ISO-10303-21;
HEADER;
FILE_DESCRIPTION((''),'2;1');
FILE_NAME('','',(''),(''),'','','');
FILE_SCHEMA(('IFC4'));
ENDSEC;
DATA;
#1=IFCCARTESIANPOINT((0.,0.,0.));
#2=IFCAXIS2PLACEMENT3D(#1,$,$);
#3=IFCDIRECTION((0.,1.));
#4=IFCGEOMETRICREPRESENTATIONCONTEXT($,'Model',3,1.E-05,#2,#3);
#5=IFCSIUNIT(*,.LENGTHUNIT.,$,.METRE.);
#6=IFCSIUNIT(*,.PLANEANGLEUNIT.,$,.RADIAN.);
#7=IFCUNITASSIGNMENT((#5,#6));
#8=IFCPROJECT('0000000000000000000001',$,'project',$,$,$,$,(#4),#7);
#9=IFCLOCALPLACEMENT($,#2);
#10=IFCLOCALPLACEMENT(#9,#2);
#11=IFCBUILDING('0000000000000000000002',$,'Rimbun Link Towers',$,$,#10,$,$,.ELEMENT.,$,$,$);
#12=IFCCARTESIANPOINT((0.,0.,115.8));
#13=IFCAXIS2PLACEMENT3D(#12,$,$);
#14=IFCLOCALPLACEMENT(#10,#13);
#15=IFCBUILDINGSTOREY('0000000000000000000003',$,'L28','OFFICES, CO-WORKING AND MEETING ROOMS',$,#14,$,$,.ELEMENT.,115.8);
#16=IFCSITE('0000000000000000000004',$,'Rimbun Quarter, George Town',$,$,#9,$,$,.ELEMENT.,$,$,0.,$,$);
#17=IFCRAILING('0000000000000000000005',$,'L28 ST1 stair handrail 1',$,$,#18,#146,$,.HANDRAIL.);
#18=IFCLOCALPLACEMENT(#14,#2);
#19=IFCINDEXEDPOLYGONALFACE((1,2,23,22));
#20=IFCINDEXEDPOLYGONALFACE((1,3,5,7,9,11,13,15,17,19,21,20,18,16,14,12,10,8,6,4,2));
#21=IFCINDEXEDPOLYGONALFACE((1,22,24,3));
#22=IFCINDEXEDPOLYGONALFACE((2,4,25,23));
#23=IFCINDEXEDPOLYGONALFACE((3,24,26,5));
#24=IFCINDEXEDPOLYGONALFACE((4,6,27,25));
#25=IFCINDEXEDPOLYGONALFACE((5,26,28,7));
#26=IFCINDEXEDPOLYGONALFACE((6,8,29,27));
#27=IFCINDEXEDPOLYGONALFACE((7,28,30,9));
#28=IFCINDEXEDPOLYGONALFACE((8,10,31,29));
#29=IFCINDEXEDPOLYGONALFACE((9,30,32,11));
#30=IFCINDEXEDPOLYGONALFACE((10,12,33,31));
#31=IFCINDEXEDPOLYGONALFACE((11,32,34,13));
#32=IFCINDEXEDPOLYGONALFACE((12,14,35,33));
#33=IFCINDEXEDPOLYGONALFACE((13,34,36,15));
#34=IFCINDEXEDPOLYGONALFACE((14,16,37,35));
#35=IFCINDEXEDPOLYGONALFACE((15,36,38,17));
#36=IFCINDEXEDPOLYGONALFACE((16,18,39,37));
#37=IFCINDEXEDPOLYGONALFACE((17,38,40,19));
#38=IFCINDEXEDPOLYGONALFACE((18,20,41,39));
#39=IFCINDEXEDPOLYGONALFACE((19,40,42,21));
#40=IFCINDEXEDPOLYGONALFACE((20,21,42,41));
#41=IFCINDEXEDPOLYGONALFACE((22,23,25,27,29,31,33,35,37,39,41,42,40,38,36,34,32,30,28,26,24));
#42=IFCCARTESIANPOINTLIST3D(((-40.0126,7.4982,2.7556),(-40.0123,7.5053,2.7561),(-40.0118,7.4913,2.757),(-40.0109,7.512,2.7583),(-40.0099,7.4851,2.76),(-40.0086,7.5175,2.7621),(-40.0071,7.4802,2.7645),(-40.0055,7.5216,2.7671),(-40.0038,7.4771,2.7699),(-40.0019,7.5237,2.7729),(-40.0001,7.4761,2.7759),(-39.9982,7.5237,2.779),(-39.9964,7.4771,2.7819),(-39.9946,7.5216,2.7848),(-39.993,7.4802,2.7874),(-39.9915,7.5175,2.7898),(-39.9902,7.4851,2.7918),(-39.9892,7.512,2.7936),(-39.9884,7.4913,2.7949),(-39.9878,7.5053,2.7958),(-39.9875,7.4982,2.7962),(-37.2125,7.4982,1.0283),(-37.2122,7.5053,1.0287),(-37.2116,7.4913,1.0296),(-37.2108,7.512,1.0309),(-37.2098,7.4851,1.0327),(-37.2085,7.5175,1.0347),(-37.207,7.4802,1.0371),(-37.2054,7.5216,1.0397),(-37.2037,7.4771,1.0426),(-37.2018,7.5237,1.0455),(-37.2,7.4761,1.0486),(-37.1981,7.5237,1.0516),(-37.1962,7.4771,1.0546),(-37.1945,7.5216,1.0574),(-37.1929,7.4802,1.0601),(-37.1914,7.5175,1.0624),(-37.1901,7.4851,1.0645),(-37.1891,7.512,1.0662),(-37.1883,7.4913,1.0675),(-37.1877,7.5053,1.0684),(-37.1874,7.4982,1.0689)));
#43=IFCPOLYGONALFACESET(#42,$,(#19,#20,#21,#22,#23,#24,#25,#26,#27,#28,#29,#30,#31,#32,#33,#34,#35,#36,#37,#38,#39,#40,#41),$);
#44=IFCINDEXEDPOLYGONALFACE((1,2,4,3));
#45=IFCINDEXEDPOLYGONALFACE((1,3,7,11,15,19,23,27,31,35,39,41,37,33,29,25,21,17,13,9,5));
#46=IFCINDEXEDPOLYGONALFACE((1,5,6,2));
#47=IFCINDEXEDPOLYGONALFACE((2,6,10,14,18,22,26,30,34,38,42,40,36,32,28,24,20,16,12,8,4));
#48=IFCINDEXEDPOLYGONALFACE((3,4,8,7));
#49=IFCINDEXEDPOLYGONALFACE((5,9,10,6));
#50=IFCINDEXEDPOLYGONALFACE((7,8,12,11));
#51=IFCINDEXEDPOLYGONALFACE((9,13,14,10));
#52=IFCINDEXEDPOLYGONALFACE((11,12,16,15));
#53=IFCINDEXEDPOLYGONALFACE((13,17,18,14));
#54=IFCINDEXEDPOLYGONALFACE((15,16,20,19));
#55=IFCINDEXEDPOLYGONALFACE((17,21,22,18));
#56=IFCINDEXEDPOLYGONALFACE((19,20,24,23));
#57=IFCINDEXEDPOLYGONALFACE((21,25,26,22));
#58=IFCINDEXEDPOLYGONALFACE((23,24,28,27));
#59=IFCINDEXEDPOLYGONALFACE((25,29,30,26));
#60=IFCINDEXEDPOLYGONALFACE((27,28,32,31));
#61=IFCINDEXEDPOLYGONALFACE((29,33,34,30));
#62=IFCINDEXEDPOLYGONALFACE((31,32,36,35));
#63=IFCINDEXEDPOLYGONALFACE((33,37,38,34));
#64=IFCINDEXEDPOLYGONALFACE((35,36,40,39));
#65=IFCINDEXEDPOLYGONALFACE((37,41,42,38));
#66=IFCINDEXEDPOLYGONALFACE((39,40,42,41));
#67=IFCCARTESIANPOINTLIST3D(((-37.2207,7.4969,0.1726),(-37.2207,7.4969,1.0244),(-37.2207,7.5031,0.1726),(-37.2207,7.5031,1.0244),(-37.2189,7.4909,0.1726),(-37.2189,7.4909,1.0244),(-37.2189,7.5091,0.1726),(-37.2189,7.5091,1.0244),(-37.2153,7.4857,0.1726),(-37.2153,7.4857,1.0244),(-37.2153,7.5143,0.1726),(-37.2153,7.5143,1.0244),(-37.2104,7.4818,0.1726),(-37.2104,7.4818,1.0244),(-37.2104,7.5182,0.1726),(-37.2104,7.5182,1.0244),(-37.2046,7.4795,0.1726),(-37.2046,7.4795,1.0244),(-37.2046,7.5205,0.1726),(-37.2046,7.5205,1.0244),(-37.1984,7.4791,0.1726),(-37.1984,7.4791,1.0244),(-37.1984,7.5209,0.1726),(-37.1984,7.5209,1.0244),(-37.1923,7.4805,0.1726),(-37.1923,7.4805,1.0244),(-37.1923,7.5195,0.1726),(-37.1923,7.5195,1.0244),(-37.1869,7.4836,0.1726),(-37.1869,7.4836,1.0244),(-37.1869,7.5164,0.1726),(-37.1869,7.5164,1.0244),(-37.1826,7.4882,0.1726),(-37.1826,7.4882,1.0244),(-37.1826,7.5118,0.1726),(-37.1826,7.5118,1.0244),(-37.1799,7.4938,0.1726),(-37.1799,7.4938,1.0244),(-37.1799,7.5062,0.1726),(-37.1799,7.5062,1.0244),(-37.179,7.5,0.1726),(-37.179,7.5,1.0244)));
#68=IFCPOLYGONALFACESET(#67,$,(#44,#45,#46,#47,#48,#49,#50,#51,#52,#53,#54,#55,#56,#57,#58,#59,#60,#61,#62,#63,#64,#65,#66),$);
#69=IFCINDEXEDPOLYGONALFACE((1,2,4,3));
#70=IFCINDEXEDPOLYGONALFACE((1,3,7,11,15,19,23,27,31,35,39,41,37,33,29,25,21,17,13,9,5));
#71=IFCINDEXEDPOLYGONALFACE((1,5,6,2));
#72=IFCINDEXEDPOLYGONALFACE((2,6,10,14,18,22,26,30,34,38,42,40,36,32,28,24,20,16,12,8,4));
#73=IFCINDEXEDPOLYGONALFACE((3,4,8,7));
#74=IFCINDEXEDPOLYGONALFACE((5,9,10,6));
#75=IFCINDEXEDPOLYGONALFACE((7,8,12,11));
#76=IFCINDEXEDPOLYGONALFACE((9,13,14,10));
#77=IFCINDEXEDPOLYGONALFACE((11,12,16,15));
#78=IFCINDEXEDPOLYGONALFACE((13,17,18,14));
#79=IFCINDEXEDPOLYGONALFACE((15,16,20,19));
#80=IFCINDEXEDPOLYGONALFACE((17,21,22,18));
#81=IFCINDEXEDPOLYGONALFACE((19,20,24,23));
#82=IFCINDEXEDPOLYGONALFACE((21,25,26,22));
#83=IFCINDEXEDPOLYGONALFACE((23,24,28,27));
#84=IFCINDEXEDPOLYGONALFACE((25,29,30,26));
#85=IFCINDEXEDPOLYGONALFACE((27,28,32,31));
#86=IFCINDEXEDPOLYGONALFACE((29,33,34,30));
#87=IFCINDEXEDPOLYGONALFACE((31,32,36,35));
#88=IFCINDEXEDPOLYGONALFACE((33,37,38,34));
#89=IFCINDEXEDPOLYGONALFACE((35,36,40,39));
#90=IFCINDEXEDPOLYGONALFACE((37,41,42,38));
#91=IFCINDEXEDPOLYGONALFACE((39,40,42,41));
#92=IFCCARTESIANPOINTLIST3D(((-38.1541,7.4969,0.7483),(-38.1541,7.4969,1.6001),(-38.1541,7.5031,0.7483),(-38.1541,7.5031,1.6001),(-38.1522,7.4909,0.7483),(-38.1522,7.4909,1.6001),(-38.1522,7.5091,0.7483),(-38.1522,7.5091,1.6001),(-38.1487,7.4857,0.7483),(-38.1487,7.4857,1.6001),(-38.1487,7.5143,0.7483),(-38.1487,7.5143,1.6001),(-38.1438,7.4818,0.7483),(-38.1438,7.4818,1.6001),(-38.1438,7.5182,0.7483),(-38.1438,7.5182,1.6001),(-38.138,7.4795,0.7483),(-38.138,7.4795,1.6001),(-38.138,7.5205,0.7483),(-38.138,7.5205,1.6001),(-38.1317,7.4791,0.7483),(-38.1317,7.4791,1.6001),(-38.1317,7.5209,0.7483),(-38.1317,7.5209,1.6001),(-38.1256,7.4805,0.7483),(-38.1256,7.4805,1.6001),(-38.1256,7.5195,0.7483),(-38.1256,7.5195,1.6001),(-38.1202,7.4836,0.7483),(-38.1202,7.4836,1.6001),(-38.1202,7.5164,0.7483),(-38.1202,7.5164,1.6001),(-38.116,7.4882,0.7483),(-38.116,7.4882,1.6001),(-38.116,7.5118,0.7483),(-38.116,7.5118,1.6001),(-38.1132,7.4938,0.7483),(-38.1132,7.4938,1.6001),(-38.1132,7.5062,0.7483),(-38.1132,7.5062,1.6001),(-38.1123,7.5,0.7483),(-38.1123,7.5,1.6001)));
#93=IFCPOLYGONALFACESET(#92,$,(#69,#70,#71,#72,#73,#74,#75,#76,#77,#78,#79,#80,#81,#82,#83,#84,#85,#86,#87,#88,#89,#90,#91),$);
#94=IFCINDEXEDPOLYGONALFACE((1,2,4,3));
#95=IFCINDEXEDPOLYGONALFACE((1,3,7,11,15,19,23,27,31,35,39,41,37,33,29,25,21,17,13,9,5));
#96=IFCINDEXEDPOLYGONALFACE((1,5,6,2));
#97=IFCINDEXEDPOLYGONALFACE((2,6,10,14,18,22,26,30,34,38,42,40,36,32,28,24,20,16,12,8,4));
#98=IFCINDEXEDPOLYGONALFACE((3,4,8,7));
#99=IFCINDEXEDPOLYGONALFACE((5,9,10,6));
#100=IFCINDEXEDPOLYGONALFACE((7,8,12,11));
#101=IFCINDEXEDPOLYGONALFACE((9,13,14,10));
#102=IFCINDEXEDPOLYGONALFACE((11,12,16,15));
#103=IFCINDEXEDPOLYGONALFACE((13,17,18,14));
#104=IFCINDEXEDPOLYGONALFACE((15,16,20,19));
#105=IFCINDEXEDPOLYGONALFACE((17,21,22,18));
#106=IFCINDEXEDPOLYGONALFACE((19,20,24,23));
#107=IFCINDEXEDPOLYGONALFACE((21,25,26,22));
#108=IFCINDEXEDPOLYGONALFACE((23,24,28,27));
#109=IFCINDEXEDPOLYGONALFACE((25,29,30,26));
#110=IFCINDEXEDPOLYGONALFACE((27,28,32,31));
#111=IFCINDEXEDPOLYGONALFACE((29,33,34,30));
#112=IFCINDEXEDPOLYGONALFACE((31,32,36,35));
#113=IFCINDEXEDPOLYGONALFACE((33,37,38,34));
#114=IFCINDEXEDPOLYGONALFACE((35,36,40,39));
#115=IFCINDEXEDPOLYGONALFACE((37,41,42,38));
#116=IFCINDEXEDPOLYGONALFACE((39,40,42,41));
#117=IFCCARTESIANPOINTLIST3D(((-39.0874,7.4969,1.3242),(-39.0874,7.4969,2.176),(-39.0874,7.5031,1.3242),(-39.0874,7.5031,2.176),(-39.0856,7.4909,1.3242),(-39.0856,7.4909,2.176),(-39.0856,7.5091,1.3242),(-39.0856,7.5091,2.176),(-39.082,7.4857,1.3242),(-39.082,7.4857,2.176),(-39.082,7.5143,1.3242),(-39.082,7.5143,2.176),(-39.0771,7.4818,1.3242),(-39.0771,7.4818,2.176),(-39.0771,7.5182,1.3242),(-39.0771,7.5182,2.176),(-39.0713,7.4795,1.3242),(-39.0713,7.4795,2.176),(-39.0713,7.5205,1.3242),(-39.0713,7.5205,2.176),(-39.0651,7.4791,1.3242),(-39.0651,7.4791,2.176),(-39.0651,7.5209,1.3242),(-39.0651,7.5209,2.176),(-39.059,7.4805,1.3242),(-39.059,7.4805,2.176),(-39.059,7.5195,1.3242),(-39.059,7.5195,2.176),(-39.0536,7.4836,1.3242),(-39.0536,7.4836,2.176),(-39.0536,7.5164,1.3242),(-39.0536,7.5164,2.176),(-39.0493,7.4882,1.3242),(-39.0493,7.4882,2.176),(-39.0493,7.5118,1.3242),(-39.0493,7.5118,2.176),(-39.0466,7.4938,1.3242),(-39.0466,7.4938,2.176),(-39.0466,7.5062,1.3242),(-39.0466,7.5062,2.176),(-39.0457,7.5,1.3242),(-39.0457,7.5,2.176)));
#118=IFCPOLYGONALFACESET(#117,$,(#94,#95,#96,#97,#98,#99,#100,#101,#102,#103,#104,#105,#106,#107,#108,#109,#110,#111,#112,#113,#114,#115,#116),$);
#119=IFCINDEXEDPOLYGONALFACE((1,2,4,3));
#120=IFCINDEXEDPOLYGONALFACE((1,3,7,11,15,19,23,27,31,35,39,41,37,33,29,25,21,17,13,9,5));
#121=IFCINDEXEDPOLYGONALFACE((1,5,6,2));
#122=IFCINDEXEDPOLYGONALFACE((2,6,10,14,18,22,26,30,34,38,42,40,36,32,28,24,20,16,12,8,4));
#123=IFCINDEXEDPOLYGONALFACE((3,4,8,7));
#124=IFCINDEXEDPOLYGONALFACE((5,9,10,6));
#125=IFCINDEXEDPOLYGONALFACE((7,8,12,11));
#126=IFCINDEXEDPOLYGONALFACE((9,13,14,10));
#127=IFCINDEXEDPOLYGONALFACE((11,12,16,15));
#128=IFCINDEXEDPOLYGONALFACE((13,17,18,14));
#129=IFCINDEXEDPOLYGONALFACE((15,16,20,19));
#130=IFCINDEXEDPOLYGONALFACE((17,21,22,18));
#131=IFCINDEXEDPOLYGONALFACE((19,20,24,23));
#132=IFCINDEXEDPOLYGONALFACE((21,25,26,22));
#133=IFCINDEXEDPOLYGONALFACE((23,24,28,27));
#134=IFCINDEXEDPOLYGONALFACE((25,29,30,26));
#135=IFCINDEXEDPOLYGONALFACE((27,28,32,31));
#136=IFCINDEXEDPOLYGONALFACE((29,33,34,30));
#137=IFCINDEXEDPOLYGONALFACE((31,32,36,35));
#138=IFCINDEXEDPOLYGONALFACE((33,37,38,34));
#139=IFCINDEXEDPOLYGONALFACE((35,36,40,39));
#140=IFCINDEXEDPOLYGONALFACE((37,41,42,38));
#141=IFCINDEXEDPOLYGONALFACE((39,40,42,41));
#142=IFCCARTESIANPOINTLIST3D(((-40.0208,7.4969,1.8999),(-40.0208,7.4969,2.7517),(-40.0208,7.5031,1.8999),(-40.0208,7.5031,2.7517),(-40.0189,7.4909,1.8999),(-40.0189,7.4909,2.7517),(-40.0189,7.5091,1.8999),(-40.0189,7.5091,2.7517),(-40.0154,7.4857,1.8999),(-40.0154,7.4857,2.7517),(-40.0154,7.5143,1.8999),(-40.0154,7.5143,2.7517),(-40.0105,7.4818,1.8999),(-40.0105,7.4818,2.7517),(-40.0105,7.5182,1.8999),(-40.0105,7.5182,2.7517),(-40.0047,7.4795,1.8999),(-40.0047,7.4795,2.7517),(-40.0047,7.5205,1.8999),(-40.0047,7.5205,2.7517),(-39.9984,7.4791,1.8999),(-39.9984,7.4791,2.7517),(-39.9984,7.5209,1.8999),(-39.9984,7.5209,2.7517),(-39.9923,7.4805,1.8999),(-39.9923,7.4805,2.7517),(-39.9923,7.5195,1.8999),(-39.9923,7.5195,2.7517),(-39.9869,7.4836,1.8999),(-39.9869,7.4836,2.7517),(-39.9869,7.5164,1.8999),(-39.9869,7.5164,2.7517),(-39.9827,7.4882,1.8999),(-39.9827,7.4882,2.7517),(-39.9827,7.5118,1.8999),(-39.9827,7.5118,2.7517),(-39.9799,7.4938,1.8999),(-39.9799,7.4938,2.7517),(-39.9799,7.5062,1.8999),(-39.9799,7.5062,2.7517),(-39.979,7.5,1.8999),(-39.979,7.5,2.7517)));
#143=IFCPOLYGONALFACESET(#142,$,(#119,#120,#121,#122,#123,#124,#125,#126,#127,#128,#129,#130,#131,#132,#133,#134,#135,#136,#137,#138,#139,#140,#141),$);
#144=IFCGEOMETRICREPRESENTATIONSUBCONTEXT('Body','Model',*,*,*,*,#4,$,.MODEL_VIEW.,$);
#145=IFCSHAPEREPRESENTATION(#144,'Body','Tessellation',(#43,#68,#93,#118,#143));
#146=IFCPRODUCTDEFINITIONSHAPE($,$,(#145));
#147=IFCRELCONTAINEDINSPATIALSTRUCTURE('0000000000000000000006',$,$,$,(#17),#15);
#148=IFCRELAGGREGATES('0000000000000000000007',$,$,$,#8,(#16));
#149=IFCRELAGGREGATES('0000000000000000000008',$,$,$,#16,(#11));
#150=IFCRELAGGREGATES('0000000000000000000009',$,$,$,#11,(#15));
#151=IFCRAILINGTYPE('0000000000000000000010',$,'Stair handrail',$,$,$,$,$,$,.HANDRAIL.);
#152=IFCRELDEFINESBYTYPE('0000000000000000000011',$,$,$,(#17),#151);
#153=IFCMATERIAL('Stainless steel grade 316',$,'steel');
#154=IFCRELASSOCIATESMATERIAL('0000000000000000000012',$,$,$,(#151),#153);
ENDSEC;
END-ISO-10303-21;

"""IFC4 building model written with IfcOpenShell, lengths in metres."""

from ifc_helpers import new_model, si_unit, direction, frame, origin, origin_2d, place, context, subcontext, project, spatial, circle, extrude, material, type_object, element, save


model = new_model("IFC4")

# Units and contexts
model_context = context("Model", 3, precision=1e-05, world=origin(), true_north=direction((0.0, 1.0)))
body_context = subcontext(model_context, "Body", "Model", "MODEL_VIEW")
ifc_project = project(units=[si_unit("LENGTHUNIT", "METRE"), si_unit("PLANEANGLEUNIT", "RADIAN")], contexts=[model_context])

# Site, building, storey
site_placement = place(None, origin())
site = spatial("IfcSite", under=ifc_project, at=site_placement, Name="Rimbun Quarter, George Town", CompositionType="ELEMENT", RefElevation=0.0)
building_placement = place(site_placement, origin())
building = spatial("IfcBuilding", under=site, at=building_placement, Name="Rimbun Link Towers", CompositionType="ELEMENT")
storey_placement = place(building_placement, frame((0.0, 0.0, 115.8)))
storey = spatial("IfcBuildingStorey", under=building, at=storey_placement, Name="L28", Description="OFFICES, CO-WORKING AND MEETING ROOMS", CompositionType="ELEMENT", Elevation=115.8)

# Railing
ifc_material_1 = material(Name="Stainless steel grade 316", Category="steel")
railing_type_1 = type_object("IfcRailingType", Name="Stair handrail", PredefinedType="HANDRAIL", material=ifc_material_1)
railing_1_placement = place(storey_placement, frame((-37.2, 7.5, 0.1726)))
element("IfcRailing", 1, at=railing_1_placement, inside=storey, type_object=railing_type_1, Name="L28 ST1 stair handrail 1", PredefinedType="HANDRAIL", context=body_context, shape_type="SweptSolid", body=[
    extrude(circle(Radius=0.0239, at=origin_2d()), frame((0.0, 0.0, 0.876), z_axis=(-0.85109, 0.0, 0.52502), x_axis=(0.0, -1.0, 0.0)), (0.0, 0.0, 1.0), 3.29),
    extrude(circle(Radius=0.021, at=origin_2d()), origin(), (0.0, 0.0, 1.0), 0.8518),
    extrude(circle(Radius=0.021, at=origin_2d()), frame((-0.9333, 0.0, 0.5757)), (0.0, 0.0, 1.0), 0.8518),
    extrude(circle(Radius=0.021, at=origin_2d()), frame((-1.8667, 0.0, 1.1516)), (0.0, 0.0, 1.0), 0.8518),
    extrude(circle(Radius=0.021, at=origin_2d()), frame((-2.8, 0.0, 1.7273)), (0.0, 0.0, 1.0), 0.8518),
])

save(model, "model.ifc")
